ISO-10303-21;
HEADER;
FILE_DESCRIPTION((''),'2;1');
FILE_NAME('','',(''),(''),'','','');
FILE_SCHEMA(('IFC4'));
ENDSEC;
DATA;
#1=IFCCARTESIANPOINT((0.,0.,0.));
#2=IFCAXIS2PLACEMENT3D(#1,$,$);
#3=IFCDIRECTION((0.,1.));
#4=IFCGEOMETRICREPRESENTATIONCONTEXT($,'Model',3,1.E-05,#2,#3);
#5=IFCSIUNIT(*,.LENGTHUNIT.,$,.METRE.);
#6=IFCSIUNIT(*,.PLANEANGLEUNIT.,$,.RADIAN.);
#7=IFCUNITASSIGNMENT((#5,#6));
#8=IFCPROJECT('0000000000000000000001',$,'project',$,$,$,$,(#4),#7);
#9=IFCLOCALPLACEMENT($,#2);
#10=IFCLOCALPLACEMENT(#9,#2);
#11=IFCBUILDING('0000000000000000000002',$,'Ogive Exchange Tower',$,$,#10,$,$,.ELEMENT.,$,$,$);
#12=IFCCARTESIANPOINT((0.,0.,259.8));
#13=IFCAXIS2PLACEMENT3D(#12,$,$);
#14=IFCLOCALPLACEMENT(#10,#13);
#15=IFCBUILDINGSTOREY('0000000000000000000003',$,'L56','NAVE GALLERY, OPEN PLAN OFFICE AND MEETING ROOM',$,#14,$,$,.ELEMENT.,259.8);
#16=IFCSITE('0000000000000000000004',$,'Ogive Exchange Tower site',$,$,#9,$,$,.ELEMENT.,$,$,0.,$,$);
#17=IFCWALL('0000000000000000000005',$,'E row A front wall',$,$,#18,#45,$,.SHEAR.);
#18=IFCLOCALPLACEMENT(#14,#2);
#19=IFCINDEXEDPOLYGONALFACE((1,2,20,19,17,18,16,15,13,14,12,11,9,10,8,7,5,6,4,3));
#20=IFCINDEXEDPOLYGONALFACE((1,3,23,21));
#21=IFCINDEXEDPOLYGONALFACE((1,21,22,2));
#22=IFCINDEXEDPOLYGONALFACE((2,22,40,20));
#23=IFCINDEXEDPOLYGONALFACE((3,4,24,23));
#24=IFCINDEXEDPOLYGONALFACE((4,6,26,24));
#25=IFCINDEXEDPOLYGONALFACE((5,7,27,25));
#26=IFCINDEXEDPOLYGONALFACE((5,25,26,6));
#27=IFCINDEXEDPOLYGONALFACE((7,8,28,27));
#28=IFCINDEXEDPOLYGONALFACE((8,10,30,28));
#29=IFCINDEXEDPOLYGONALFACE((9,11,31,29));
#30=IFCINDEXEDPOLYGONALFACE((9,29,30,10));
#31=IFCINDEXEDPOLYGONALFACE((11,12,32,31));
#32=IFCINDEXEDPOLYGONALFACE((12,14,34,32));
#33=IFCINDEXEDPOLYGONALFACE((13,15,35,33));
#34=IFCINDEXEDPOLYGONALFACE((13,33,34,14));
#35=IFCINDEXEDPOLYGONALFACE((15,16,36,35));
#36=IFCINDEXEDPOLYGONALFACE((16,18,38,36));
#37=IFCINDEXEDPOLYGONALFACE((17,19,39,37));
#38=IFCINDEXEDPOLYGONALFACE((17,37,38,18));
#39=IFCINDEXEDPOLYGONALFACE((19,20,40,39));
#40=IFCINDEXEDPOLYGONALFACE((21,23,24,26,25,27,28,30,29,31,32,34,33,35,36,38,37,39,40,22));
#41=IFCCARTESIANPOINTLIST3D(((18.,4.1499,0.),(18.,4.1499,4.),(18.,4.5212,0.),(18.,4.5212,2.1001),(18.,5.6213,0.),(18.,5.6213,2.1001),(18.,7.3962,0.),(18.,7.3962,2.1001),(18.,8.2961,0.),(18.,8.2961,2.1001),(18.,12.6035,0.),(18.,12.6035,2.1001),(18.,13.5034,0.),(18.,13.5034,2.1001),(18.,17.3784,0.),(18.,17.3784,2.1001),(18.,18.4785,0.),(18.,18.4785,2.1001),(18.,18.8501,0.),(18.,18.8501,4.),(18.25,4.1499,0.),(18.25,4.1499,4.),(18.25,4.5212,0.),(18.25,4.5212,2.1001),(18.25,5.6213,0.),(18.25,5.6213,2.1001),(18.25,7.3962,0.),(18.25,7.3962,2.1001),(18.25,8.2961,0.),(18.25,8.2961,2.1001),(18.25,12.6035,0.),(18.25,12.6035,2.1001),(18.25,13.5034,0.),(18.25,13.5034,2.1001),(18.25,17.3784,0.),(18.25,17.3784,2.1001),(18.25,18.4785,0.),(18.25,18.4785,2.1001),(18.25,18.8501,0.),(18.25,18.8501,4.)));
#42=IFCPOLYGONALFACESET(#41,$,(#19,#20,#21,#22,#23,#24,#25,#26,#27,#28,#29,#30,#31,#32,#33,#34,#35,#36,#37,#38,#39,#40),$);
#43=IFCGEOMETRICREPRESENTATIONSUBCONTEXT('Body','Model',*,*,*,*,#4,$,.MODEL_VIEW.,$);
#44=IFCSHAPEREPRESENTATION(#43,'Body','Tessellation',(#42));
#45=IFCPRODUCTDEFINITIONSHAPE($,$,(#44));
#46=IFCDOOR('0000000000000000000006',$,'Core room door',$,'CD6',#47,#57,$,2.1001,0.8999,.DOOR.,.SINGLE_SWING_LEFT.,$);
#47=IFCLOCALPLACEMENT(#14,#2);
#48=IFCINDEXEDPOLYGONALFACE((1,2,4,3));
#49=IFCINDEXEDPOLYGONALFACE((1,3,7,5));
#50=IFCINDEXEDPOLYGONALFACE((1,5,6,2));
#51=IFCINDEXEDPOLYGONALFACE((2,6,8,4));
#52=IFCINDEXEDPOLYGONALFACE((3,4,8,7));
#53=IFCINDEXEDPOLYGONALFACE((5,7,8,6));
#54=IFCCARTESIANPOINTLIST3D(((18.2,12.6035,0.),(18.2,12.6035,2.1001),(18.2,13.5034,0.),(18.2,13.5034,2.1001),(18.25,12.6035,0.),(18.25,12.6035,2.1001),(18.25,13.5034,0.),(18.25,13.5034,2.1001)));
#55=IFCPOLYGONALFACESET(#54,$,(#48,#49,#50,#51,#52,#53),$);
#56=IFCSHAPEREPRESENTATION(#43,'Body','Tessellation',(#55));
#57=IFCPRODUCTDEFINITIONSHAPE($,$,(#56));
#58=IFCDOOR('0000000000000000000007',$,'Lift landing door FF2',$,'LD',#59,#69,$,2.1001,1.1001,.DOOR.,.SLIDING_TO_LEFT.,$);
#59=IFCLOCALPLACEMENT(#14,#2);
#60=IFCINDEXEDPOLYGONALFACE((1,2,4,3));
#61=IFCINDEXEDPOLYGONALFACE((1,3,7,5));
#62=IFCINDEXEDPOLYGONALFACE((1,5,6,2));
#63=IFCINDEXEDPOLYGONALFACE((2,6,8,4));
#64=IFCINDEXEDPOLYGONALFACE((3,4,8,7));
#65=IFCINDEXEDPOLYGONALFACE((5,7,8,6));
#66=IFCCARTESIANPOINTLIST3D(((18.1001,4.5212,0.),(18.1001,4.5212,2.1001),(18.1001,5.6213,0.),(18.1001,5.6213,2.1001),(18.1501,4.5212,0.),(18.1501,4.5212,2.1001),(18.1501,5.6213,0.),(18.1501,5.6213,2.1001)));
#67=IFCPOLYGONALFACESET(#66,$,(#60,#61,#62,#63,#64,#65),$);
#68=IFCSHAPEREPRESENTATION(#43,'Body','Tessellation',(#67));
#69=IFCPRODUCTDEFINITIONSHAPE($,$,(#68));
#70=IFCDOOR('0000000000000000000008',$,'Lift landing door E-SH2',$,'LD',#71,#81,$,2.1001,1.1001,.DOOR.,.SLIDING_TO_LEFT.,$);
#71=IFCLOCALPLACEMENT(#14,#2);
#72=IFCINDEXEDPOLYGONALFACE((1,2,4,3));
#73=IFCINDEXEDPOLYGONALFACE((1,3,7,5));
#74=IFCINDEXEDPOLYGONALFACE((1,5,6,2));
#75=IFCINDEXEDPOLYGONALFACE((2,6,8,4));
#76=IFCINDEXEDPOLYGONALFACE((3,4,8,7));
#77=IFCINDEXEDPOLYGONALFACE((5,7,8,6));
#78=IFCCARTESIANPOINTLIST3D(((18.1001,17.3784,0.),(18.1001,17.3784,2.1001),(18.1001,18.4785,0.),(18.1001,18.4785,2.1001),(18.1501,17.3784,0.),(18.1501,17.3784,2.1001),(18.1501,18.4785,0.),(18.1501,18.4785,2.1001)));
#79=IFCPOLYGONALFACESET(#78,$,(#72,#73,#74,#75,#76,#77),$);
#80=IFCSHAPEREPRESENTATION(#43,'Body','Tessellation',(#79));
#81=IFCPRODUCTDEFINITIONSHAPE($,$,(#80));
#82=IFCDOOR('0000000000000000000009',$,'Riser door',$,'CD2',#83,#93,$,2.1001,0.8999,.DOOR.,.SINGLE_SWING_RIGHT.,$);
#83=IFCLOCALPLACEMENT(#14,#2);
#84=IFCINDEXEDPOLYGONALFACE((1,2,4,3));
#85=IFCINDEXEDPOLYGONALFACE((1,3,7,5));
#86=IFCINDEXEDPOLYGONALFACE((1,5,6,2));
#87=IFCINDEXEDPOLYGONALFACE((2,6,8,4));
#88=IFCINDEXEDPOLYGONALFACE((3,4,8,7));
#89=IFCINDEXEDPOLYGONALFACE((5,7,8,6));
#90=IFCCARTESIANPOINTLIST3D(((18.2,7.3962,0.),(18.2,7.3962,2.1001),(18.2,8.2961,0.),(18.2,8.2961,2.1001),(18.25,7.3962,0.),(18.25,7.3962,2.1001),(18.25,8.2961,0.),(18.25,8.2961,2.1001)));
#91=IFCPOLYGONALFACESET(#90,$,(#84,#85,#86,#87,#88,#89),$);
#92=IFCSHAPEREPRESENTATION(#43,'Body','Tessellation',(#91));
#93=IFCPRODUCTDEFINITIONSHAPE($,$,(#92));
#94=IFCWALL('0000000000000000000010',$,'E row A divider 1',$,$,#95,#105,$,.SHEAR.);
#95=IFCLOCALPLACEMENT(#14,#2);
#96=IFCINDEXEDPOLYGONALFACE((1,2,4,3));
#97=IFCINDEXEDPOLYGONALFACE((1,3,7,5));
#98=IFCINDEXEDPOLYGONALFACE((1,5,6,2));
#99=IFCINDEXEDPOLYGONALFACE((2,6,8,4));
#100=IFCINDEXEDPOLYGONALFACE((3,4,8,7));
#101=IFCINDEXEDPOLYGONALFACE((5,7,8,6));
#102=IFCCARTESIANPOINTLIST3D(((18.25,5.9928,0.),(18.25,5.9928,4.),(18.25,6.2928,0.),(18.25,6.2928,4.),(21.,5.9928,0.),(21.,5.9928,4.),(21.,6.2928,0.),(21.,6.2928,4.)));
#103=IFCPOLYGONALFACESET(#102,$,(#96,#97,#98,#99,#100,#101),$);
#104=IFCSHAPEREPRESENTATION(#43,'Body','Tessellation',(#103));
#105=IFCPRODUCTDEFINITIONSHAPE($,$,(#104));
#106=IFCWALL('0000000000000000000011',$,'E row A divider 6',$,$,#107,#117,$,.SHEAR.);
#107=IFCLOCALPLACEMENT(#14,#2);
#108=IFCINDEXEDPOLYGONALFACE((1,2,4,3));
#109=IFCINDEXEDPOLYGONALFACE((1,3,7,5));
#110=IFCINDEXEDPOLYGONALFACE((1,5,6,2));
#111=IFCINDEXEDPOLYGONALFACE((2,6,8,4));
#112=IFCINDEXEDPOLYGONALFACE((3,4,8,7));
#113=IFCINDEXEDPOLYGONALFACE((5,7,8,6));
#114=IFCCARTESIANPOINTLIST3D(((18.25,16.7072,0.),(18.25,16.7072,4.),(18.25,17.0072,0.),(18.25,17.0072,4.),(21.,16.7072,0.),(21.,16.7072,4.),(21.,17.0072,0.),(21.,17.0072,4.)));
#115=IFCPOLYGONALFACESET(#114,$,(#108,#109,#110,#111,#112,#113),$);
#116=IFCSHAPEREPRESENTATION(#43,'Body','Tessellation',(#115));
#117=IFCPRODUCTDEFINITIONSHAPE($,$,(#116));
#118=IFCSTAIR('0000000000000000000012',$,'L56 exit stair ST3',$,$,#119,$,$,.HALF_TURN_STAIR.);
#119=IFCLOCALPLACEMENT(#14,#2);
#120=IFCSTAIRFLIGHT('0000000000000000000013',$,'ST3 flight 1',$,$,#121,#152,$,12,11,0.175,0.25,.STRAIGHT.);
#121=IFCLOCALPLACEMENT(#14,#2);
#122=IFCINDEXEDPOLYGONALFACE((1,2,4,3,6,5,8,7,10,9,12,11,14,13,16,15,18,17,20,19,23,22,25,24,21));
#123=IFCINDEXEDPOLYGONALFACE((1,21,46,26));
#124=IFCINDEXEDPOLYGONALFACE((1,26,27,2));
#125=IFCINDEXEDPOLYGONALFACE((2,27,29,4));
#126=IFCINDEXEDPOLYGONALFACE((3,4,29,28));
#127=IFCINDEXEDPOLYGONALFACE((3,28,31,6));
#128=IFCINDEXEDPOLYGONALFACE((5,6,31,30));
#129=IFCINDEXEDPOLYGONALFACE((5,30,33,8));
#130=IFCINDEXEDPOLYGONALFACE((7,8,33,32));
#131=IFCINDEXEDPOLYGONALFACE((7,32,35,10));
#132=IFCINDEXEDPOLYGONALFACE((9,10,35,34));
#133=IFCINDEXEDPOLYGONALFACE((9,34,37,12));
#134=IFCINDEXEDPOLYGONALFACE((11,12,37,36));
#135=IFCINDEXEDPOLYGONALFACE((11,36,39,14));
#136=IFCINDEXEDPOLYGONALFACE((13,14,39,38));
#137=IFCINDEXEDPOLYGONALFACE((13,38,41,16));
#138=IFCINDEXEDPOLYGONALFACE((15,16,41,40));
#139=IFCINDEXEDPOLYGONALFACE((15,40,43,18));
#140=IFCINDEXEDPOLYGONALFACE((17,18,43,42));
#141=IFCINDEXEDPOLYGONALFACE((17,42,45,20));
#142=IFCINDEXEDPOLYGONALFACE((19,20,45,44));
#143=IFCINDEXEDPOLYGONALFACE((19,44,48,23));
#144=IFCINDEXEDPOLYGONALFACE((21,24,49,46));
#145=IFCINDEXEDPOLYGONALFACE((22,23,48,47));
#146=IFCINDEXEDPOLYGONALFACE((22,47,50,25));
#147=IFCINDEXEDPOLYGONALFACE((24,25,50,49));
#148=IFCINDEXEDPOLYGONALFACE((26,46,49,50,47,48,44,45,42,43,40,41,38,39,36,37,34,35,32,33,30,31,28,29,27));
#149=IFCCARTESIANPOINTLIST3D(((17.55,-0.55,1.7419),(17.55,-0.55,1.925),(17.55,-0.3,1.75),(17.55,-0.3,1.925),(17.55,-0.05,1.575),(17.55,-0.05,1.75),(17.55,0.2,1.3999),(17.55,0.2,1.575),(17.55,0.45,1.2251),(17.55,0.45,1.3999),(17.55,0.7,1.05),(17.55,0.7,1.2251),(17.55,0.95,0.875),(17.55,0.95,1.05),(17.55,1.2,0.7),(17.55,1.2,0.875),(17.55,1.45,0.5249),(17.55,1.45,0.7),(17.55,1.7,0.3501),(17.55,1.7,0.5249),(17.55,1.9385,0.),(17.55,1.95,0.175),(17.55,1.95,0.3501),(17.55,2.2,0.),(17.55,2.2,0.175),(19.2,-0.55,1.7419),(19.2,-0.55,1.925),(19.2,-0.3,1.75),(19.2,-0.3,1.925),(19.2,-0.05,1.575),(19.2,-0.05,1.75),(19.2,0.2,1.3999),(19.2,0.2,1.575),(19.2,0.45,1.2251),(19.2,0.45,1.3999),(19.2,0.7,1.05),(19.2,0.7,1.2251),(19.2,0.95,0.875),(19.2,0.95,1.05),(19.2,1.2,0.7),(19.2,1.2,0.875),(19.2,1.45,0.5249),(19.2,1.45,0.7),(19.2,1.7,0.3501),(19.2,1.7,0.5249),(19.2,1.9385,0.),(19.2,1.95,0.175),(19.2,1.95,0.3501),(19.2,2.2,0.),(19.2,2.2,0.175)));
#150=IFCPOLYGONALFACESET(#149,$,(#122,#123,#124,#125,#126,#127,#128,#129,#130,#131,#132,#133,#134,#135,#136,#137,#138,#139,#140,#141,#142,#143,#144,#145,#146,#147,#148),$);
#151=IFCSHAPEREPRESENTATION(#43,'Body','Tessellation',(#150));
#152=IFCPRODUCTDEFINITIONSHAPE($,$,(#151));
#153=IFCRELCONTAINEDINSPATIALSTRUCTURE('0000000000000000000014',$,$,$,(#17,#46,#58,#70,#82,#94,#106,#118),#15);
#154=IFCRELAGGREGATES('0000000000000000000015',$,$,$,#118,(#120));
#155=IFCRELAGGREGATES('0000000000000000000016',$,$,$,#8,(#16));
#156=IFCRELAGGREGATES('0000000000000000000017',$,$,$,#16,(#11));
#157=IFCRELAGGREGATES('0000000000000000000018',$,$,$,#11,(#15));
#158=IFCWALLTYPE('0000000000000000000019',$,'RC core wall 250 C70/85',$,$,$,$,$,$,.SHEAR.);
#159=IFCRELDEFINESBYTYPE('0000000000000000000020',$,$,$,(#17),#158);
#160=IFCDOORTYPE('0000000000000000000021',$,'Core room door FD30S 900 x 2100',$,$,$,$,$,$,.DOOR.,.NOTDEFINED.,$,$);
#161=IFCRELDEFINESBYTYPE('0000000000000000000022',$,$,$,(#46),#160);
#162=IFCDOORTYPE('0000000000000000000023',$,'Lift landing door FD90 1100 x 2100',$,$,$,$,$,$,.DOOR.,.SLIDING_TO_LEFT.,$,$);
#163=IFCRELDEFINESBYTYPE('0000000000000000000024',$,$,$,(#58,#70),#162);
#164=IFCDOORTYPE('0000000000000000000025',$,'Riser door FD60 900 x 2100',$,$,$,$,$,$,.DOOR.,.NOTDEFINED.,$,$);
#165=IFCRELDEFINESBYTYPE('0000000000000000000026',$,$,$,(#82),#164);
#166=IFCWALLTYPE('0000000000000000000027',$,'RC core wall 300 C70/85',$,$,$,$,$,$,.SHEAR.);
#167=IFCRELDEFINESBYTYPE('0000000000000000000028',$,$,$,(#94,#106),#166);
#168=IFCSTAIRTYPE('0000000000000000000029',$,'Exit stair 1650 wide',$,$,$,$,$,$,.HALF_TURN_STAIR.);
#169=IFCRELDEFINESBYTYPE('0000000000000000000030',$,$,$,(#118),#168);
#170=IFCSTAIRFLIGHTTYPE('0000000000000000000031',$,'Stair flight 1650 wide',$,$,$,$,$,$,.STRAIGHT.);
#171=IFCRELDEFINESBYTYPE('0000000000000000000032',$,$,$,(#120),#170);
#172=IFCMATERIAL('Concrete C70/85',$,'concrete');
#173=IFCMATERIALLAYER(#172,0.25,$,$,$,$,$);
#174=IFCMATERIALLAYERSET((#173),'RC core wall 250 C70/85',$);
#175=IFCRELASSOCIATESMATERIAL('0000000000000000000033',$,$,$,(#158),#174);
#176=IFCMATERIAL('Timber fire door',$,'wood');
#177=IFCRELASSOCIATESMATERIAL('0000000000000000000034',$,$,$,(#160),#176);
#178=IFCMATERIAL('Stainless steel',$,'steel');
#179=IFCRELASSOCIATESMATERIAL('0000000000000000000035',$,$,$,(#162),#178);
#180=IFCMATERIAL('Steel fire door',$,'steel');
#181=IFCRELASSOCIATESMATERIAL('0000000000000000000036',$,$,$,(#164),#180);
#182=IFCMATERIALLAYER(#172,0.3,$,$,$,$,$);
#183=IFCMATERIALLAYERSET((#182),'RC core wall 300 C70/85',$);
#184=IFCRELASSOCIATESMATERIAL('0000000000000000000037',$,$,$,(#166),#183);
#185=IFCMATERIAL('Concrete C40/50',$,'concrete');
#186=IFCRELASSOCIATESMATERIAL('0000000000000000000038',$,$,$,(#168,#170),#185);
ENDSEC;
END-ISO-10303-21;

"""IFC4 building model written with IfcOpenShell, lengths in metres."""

from ifc_helpers import new_model, si_unit, direction, frame, frame_2d, origin, place, context, subcontext, project, spatial, polyline, rectangle, outline, extrude, material, layer, layer_set, type_object, element, fill, aggregate, save


model = new_model("IFC4")

# Units and contexts
model_context = context("Model", 3, precision=1e-05, world=origin(), true_north=direction((0.0, 1.0)))
body_context = subcontext(model_context, "Body", "Model", "MODEL_VIEW")
ifc_project = project(units=[si_unit("LENGTHUNIT", "METRE"), si_unit("PLANEANGLEUNIT", "RADIAN")], contexts=[model_context])

# Site, building, storey
site_placement = place(None, origin())
site = spatial("IfcSite", under=ifc_project, at=site_placement, Name="Ogive Exchange Tower site", CompositionType="ELEMENT", RefElevation=0.0)
building_placement = place(site_placement, origin())
building = spatial("IfcBuilding", under=site, at=building_placement, Name="Ogive Exchange Tower", CompositionType="ELEMENT")
storey_placement = place(building_placement, frame((0.0, 0.0, 259.8)))
storey = spatial("IfcBuildingStorey", under=building, at=storey_placement, Name="L56", Description="NAVE GALLERY, OPEN PLAN OFFICE AND MEETING ROOM", CompositionType="ELEMENT", Elevation=259.8)

# Wall, openings, doors
ifc_material_1 = material(Name="Concrete C70/85", Category="concrete")
ifc_layer_1 = layer(ifc_material_1, 0.25)
ifc_layer_set_1 = layer_set([ifc_layer_1], Name="RC core wall 250 C70/85")
wall_type_1 = type_object("IfcWallType", Name="RC core wall 250 C70/85", PredefinedType="SHEAR", material=ifc_layer_set_1)
wall_1_placement = place(storey_placement, frame((18.125, 4.1499, 0.0), z_axis=(0.0, 0.0, 1.0), x_axis=(0.0, 1.0, 0.0)))
wall_1 = element("IfcWall", 1, at=wall_1_placement, inside=storey, type_object=wall_type_1, Name="E row A front wall", PredefinedType="SHEAR", context=body_context, shape_type="SweptSolid", body=[
    extrude(rectangle(XDim=14.7002, YDim=0.25, at=frame_2d((7.3501, 0.0))), origin(), (0.0, 0.0, 1.0), 4.0),
])
opening_1_placement = place(wall_1_placement, frame((3.2463, 0.0, 0.0)))
opening_1 = element("IfcOpeningElement", 2, at=opening_1_placement, cuts=wall_1, PredefinedType="OPENING", context=body_context, shape_type="SweptSolid", body=[
    extrude(rectangle(XDim=0.8999, YDim=2.1001, at=frame_2d((0.45, 1.05))), frame((0.0, 0.135, 0.0), z_axis=(0.0, -1.0, 0.0), x_axis=(1.0, 0.0, 0.0)), (0.0, 0.0, 1.0), 0.27),
])
opening_2_placement = place(wall_1_placement, frame((8.4536, 0.0, 0.0)))
opening_2 = element("IfcOpeningElement", 3, at=opening_2_placement, cuts=wall_1, PredefinedType="OPENING", context=body_context, shape_type="SweptSolid", body=[
    extrude(rectangle(XDim=0.8999, YDim=2.1001, at=frame_2d((0.45, 1.05))), frame((0.0, 0.135, 0.0), z_axis=(0.0, -1.0, 0.0), x_axis=(1.0, 0.0, 0.0)), (0.0, 0.0, 1.0), 0.27),
])
opening_3_placement = place(wall_1_placement, frame((0.3713, 0.0, 0.0)))
opening_3 = element("IfcOpeningElement", 4, at=opening_3_placement, cuts=wall_1, PredefinedType="OPENING", context=body_context, shape_type="SweptSolid", body=[
    extrude(rectangle(XDim=1.1001, YDim=2.1001, at=frame_2d((0.55, 1.05))), frame((0.0, 0.135, 0.0), z_axis=(0.0, -1.0, 0.0), x_axis=(1.0, 0.0, 0.0)), (0.0, 0.0, 1.0), 0.27),
])
opening_4_placement = place(wall_1_placement, frame((13.2285, 0.0, 0.0)))
opening_4 = element("IfcOpeningElement", 5, at=opening_4_placement, cuts=wall_1, PredefinedType="OPENING", context=body_context, shape_type="SweptSolid", body=[
    extrude(rectangle(XDim=1.1001, YDim=2.1001, at=frame_2d((0.55, 1.05))), frame((0.0, 0.135, 0.0), z_axis=(0.0, -1.0, 0.0), x_axis=(1.0, 0.0, 0.0)), (0.0, 0.0, 1.0), 0.27),
])
ifc_material_2 = material(Name="Timber fire door", Category="wood")
door_type_1 = type_object("IfcDoorType", Name="Core room door FD30S 900 x 2100", OperationType="NOTDEFINED", PredefinedType="DOOR", material=ifc_material_2)
door_1_placement = place(opening_2_placement, frame((0.8999, -0.2002, 0.0), z_axis=(0.0, 0.0, 1.0), x_axis=(-1.0, 0.0, 0.0)))
door_1 = element("IfcDoor", 6, at=door_1_placement, inside=storey, type_object=door_type_1, Name="Core room door", ObjectType="CD6", OperationType="SINGLE_SWING_LEFT", OverallHeight=2.1001, OverallWidth=0.8999, PredefinedType="DOOR", context=body_context, shape_type="SweptSolid", body=[
    extrude(rectangle(XDim=0.8999, YDim=2.1001, at=frame_2d((0.45, 1.05))), frame((0.0, -0.0752, 0.0), z_axis=(0.0, -1.0, 0.0), x_axis=(1.0, 0.0, 0.0)), (0.0, 0.0, 1.0), 0.05),
])
fill(opening_2, door_1)
ifc_material_3 = material(Name="Stainless steel", Category="steel")
door_type_2 = type_object("IfcDoorType", Name="Lift landing door FD90 1100 x 2100", OperationType="SLIDING_TO_LEFT", PredefinedType="DOOR", material=ifc_material_3)
door_2_placement = place(opening_3_placement, origin())
door_2 = element("IfcDoor", 7, at=door_2_placement, inside=storey, type_object=door_type_2, Name="Lift landing door FF2", ObjectType="LD", OperationType="SLIDING_TO_LEFT", OverallHeight=2.1001, OverallWidth=1.1001, PredefinedType="DOOR", context=body_context, shape_type="SweptSolid", body=[
    extrude(rectangle(XDim=1.1001, YDim=2.1001, at=frame_2d((0.55, 1.05))), frame((0.0, 0.0249, 0.0), z_axis=(0.0, -1.0, 0.0), x_axis=(1.0, 0.0, 0.0)), (0.0, 0.0, 1.0), 0.05),
])
fill(opening_3, door_2)
door_3_placement = place(opening_4_placement, origin())
door_3 = element("IfcDoor", 8, at=door_3_placement, inside=storey, type_object=door_type_2, Name="Lift landing door E-SH2", ObjectType="LD", OperationType="SLIDING_TO_LEFT", OverallHeight=2.1001, OverallWidth=1.1001, PredefinedType="DOOR", context=body_context, shape_type="SweptSolid", body=[
    extrude(rectangle(XDim=1.1001, YDim=2.1001, at=frame_2d((0.55, 1.05))), frame((0.0, 0.0249, 0.0), z_axis=(0.0, -1.0, 0.0), x_axis=(1.0, 0.0, 0.0)), (0.0, 0.0, 1.0), 0.05),
])
fill(opening_4, door_3)
ifc_material_4 = material(Name="Steel fire door", Category="steel")
door_type_3 = type_object("IfcDoorType", Name="Riser door FD60 900 x 2100", OperationType="NOTDEFINED", PredefinedType="DOOR", material=ifc_material_4)
door_4_placement = place(opening_1_placement, frame((0.8999, -0.2002, 0.0), z_axis=(0.0, 0.0, 1.0), x_axis=(-1.0, 0.0, 0.0)))
door_4 = element("IfcDoor", 9, at=door_4_placement, inside=storey, type_object=door_type_3, Name="Riser door", ObjectType="CD2", OperationType="SINGLE_SWING_RIGHT", OverallHeight=2.1001, OverallWidth=0.8999, PredefinedType="DOOR", context=body_context, shape_type="SweptSolid", body=[
    extrude(rectangle(XDim=0.8999, YDim=2.1001, at=frame_2d((0.45, 1.05))), frame((0.0, -0.0752, 0.0), z_axis=(0.0, -1.0, 0.0), x_axis=(1.0, 0.0, 0.0)), (0.0, 0.0, 1.0), 0.05),
])
fill(opening_1, door_4)

# Walls
ifc_layer_2 = layer(ifc_material_1, 0.3)
ifc_layer_set_2 = layer_set([ifc_layer_2], Name="RC core wall 300 C70/85")
wall_type_2 = type_object("IfcWallType", Name="RC core wall 300 C70/85", PredefinedType="SHEAR", material=ifc_layer_set_2)
for number, where, z_axis, x_axis, name in (
    (10, (18.25, 6.1428, 0.0), (0.0, 0.0, 1.0), (1.0, 0.0, 0.0), "E row A divider 1"),
    (11, (18.25, 16.8572, 0.0), (0.0, 0.0, 1.0), (1.0, 0.0, 0.0), "E row A divider 6"),
):
    element("IfcWall", number, at=place(storey_placement, frame(where, z_axis=z_axis, x_axis=x_axis)), inside=storey, type_object=wall_type_2, Name=name, PredefinedType="SHEAR", context=body_context, shape_type="SweptSolid", body=[
        extrude(rectangle(XDim=2.75, YDim=0.3, at=frame_2d((1.375, 0.0))), origin(), (0.0, 0.0, 1.0), 4.0),
    ])

# Stair, stair flight
ifc_material_5 = material(Name="Concrete C40/50", Category="concrete")
stair_type = type_object("IfcStairType", Name="Exit stair 1650 wide", PredefinedType="HALF_TURN_STAIR", material=ifc_material_5)
stair_placement = place(storey_placement, origin())
stair = element("IfcStair", 12, at=stair_placement, inside=storey, type_object=stair_type, Name="L56 exit stair ST3", PredefinedType="HALF_TURN_STAIR")
stair_flight_type = type_object("IfcStairFlightType", Name="Stair flight 1650 wide", PredefinedType="STRAIGHT", material=ifc_material_5)
stair_flight_1_placement = place(storey_placement, frame((18.375, 2.2, 0.0), z_axis=(0.0, 0.0, 1.0), x_axis=(0.0, -1.0, 0.0)))
stair_flight_1 = element("IfcStairFlight", 13, at=stair_flight_1_placement, type_object=stair_flight_type, Name="ST3 flight 1", NumberOfRisers=12, NumberOfTreads=11, PredefinedType="STRAIGHT", RiserHeight=0.175, TreadLength=0.25, context=body_context, shape_type="SweptSolid", body=[
    extrude(outline(polyline([(0.0, 0.0), (0.0, 0.175), (0.25, 0.175), (0.25, 0.3501), (0.5, 0.3501), (0.5, 0.5249), (0.75, 0.5249), (0.75, 0.7), (1.0, 0.7), (1.0, 0.875), (1.25, 0.875), (1.25, 1.05), (1.5, 1.05), (1.5, 1.2251), (1.75, 1.2251), (1.75, 1.3999), (2.0, 1.3999), (2.0, 1.575), (2.25, 1.575), (2.25, 1.75), (2.5, 1.75), (2.5, 1.925), (2.75, 1.925), (2.75, 2.1001), (2.75, 1.7419), (0.2615, 0.0), (0.0, 0.0)])), frame((0.0, 0.825, 0.0), z_axis=(0.0, -1.0, 0.0), x_axis=(1.0, 0.0, 0.0)), (0.0, 0.0, 1.0), 1.6499),
])
aggregate(stair, [stair_flight_1])

save(model, "model.ifc")
